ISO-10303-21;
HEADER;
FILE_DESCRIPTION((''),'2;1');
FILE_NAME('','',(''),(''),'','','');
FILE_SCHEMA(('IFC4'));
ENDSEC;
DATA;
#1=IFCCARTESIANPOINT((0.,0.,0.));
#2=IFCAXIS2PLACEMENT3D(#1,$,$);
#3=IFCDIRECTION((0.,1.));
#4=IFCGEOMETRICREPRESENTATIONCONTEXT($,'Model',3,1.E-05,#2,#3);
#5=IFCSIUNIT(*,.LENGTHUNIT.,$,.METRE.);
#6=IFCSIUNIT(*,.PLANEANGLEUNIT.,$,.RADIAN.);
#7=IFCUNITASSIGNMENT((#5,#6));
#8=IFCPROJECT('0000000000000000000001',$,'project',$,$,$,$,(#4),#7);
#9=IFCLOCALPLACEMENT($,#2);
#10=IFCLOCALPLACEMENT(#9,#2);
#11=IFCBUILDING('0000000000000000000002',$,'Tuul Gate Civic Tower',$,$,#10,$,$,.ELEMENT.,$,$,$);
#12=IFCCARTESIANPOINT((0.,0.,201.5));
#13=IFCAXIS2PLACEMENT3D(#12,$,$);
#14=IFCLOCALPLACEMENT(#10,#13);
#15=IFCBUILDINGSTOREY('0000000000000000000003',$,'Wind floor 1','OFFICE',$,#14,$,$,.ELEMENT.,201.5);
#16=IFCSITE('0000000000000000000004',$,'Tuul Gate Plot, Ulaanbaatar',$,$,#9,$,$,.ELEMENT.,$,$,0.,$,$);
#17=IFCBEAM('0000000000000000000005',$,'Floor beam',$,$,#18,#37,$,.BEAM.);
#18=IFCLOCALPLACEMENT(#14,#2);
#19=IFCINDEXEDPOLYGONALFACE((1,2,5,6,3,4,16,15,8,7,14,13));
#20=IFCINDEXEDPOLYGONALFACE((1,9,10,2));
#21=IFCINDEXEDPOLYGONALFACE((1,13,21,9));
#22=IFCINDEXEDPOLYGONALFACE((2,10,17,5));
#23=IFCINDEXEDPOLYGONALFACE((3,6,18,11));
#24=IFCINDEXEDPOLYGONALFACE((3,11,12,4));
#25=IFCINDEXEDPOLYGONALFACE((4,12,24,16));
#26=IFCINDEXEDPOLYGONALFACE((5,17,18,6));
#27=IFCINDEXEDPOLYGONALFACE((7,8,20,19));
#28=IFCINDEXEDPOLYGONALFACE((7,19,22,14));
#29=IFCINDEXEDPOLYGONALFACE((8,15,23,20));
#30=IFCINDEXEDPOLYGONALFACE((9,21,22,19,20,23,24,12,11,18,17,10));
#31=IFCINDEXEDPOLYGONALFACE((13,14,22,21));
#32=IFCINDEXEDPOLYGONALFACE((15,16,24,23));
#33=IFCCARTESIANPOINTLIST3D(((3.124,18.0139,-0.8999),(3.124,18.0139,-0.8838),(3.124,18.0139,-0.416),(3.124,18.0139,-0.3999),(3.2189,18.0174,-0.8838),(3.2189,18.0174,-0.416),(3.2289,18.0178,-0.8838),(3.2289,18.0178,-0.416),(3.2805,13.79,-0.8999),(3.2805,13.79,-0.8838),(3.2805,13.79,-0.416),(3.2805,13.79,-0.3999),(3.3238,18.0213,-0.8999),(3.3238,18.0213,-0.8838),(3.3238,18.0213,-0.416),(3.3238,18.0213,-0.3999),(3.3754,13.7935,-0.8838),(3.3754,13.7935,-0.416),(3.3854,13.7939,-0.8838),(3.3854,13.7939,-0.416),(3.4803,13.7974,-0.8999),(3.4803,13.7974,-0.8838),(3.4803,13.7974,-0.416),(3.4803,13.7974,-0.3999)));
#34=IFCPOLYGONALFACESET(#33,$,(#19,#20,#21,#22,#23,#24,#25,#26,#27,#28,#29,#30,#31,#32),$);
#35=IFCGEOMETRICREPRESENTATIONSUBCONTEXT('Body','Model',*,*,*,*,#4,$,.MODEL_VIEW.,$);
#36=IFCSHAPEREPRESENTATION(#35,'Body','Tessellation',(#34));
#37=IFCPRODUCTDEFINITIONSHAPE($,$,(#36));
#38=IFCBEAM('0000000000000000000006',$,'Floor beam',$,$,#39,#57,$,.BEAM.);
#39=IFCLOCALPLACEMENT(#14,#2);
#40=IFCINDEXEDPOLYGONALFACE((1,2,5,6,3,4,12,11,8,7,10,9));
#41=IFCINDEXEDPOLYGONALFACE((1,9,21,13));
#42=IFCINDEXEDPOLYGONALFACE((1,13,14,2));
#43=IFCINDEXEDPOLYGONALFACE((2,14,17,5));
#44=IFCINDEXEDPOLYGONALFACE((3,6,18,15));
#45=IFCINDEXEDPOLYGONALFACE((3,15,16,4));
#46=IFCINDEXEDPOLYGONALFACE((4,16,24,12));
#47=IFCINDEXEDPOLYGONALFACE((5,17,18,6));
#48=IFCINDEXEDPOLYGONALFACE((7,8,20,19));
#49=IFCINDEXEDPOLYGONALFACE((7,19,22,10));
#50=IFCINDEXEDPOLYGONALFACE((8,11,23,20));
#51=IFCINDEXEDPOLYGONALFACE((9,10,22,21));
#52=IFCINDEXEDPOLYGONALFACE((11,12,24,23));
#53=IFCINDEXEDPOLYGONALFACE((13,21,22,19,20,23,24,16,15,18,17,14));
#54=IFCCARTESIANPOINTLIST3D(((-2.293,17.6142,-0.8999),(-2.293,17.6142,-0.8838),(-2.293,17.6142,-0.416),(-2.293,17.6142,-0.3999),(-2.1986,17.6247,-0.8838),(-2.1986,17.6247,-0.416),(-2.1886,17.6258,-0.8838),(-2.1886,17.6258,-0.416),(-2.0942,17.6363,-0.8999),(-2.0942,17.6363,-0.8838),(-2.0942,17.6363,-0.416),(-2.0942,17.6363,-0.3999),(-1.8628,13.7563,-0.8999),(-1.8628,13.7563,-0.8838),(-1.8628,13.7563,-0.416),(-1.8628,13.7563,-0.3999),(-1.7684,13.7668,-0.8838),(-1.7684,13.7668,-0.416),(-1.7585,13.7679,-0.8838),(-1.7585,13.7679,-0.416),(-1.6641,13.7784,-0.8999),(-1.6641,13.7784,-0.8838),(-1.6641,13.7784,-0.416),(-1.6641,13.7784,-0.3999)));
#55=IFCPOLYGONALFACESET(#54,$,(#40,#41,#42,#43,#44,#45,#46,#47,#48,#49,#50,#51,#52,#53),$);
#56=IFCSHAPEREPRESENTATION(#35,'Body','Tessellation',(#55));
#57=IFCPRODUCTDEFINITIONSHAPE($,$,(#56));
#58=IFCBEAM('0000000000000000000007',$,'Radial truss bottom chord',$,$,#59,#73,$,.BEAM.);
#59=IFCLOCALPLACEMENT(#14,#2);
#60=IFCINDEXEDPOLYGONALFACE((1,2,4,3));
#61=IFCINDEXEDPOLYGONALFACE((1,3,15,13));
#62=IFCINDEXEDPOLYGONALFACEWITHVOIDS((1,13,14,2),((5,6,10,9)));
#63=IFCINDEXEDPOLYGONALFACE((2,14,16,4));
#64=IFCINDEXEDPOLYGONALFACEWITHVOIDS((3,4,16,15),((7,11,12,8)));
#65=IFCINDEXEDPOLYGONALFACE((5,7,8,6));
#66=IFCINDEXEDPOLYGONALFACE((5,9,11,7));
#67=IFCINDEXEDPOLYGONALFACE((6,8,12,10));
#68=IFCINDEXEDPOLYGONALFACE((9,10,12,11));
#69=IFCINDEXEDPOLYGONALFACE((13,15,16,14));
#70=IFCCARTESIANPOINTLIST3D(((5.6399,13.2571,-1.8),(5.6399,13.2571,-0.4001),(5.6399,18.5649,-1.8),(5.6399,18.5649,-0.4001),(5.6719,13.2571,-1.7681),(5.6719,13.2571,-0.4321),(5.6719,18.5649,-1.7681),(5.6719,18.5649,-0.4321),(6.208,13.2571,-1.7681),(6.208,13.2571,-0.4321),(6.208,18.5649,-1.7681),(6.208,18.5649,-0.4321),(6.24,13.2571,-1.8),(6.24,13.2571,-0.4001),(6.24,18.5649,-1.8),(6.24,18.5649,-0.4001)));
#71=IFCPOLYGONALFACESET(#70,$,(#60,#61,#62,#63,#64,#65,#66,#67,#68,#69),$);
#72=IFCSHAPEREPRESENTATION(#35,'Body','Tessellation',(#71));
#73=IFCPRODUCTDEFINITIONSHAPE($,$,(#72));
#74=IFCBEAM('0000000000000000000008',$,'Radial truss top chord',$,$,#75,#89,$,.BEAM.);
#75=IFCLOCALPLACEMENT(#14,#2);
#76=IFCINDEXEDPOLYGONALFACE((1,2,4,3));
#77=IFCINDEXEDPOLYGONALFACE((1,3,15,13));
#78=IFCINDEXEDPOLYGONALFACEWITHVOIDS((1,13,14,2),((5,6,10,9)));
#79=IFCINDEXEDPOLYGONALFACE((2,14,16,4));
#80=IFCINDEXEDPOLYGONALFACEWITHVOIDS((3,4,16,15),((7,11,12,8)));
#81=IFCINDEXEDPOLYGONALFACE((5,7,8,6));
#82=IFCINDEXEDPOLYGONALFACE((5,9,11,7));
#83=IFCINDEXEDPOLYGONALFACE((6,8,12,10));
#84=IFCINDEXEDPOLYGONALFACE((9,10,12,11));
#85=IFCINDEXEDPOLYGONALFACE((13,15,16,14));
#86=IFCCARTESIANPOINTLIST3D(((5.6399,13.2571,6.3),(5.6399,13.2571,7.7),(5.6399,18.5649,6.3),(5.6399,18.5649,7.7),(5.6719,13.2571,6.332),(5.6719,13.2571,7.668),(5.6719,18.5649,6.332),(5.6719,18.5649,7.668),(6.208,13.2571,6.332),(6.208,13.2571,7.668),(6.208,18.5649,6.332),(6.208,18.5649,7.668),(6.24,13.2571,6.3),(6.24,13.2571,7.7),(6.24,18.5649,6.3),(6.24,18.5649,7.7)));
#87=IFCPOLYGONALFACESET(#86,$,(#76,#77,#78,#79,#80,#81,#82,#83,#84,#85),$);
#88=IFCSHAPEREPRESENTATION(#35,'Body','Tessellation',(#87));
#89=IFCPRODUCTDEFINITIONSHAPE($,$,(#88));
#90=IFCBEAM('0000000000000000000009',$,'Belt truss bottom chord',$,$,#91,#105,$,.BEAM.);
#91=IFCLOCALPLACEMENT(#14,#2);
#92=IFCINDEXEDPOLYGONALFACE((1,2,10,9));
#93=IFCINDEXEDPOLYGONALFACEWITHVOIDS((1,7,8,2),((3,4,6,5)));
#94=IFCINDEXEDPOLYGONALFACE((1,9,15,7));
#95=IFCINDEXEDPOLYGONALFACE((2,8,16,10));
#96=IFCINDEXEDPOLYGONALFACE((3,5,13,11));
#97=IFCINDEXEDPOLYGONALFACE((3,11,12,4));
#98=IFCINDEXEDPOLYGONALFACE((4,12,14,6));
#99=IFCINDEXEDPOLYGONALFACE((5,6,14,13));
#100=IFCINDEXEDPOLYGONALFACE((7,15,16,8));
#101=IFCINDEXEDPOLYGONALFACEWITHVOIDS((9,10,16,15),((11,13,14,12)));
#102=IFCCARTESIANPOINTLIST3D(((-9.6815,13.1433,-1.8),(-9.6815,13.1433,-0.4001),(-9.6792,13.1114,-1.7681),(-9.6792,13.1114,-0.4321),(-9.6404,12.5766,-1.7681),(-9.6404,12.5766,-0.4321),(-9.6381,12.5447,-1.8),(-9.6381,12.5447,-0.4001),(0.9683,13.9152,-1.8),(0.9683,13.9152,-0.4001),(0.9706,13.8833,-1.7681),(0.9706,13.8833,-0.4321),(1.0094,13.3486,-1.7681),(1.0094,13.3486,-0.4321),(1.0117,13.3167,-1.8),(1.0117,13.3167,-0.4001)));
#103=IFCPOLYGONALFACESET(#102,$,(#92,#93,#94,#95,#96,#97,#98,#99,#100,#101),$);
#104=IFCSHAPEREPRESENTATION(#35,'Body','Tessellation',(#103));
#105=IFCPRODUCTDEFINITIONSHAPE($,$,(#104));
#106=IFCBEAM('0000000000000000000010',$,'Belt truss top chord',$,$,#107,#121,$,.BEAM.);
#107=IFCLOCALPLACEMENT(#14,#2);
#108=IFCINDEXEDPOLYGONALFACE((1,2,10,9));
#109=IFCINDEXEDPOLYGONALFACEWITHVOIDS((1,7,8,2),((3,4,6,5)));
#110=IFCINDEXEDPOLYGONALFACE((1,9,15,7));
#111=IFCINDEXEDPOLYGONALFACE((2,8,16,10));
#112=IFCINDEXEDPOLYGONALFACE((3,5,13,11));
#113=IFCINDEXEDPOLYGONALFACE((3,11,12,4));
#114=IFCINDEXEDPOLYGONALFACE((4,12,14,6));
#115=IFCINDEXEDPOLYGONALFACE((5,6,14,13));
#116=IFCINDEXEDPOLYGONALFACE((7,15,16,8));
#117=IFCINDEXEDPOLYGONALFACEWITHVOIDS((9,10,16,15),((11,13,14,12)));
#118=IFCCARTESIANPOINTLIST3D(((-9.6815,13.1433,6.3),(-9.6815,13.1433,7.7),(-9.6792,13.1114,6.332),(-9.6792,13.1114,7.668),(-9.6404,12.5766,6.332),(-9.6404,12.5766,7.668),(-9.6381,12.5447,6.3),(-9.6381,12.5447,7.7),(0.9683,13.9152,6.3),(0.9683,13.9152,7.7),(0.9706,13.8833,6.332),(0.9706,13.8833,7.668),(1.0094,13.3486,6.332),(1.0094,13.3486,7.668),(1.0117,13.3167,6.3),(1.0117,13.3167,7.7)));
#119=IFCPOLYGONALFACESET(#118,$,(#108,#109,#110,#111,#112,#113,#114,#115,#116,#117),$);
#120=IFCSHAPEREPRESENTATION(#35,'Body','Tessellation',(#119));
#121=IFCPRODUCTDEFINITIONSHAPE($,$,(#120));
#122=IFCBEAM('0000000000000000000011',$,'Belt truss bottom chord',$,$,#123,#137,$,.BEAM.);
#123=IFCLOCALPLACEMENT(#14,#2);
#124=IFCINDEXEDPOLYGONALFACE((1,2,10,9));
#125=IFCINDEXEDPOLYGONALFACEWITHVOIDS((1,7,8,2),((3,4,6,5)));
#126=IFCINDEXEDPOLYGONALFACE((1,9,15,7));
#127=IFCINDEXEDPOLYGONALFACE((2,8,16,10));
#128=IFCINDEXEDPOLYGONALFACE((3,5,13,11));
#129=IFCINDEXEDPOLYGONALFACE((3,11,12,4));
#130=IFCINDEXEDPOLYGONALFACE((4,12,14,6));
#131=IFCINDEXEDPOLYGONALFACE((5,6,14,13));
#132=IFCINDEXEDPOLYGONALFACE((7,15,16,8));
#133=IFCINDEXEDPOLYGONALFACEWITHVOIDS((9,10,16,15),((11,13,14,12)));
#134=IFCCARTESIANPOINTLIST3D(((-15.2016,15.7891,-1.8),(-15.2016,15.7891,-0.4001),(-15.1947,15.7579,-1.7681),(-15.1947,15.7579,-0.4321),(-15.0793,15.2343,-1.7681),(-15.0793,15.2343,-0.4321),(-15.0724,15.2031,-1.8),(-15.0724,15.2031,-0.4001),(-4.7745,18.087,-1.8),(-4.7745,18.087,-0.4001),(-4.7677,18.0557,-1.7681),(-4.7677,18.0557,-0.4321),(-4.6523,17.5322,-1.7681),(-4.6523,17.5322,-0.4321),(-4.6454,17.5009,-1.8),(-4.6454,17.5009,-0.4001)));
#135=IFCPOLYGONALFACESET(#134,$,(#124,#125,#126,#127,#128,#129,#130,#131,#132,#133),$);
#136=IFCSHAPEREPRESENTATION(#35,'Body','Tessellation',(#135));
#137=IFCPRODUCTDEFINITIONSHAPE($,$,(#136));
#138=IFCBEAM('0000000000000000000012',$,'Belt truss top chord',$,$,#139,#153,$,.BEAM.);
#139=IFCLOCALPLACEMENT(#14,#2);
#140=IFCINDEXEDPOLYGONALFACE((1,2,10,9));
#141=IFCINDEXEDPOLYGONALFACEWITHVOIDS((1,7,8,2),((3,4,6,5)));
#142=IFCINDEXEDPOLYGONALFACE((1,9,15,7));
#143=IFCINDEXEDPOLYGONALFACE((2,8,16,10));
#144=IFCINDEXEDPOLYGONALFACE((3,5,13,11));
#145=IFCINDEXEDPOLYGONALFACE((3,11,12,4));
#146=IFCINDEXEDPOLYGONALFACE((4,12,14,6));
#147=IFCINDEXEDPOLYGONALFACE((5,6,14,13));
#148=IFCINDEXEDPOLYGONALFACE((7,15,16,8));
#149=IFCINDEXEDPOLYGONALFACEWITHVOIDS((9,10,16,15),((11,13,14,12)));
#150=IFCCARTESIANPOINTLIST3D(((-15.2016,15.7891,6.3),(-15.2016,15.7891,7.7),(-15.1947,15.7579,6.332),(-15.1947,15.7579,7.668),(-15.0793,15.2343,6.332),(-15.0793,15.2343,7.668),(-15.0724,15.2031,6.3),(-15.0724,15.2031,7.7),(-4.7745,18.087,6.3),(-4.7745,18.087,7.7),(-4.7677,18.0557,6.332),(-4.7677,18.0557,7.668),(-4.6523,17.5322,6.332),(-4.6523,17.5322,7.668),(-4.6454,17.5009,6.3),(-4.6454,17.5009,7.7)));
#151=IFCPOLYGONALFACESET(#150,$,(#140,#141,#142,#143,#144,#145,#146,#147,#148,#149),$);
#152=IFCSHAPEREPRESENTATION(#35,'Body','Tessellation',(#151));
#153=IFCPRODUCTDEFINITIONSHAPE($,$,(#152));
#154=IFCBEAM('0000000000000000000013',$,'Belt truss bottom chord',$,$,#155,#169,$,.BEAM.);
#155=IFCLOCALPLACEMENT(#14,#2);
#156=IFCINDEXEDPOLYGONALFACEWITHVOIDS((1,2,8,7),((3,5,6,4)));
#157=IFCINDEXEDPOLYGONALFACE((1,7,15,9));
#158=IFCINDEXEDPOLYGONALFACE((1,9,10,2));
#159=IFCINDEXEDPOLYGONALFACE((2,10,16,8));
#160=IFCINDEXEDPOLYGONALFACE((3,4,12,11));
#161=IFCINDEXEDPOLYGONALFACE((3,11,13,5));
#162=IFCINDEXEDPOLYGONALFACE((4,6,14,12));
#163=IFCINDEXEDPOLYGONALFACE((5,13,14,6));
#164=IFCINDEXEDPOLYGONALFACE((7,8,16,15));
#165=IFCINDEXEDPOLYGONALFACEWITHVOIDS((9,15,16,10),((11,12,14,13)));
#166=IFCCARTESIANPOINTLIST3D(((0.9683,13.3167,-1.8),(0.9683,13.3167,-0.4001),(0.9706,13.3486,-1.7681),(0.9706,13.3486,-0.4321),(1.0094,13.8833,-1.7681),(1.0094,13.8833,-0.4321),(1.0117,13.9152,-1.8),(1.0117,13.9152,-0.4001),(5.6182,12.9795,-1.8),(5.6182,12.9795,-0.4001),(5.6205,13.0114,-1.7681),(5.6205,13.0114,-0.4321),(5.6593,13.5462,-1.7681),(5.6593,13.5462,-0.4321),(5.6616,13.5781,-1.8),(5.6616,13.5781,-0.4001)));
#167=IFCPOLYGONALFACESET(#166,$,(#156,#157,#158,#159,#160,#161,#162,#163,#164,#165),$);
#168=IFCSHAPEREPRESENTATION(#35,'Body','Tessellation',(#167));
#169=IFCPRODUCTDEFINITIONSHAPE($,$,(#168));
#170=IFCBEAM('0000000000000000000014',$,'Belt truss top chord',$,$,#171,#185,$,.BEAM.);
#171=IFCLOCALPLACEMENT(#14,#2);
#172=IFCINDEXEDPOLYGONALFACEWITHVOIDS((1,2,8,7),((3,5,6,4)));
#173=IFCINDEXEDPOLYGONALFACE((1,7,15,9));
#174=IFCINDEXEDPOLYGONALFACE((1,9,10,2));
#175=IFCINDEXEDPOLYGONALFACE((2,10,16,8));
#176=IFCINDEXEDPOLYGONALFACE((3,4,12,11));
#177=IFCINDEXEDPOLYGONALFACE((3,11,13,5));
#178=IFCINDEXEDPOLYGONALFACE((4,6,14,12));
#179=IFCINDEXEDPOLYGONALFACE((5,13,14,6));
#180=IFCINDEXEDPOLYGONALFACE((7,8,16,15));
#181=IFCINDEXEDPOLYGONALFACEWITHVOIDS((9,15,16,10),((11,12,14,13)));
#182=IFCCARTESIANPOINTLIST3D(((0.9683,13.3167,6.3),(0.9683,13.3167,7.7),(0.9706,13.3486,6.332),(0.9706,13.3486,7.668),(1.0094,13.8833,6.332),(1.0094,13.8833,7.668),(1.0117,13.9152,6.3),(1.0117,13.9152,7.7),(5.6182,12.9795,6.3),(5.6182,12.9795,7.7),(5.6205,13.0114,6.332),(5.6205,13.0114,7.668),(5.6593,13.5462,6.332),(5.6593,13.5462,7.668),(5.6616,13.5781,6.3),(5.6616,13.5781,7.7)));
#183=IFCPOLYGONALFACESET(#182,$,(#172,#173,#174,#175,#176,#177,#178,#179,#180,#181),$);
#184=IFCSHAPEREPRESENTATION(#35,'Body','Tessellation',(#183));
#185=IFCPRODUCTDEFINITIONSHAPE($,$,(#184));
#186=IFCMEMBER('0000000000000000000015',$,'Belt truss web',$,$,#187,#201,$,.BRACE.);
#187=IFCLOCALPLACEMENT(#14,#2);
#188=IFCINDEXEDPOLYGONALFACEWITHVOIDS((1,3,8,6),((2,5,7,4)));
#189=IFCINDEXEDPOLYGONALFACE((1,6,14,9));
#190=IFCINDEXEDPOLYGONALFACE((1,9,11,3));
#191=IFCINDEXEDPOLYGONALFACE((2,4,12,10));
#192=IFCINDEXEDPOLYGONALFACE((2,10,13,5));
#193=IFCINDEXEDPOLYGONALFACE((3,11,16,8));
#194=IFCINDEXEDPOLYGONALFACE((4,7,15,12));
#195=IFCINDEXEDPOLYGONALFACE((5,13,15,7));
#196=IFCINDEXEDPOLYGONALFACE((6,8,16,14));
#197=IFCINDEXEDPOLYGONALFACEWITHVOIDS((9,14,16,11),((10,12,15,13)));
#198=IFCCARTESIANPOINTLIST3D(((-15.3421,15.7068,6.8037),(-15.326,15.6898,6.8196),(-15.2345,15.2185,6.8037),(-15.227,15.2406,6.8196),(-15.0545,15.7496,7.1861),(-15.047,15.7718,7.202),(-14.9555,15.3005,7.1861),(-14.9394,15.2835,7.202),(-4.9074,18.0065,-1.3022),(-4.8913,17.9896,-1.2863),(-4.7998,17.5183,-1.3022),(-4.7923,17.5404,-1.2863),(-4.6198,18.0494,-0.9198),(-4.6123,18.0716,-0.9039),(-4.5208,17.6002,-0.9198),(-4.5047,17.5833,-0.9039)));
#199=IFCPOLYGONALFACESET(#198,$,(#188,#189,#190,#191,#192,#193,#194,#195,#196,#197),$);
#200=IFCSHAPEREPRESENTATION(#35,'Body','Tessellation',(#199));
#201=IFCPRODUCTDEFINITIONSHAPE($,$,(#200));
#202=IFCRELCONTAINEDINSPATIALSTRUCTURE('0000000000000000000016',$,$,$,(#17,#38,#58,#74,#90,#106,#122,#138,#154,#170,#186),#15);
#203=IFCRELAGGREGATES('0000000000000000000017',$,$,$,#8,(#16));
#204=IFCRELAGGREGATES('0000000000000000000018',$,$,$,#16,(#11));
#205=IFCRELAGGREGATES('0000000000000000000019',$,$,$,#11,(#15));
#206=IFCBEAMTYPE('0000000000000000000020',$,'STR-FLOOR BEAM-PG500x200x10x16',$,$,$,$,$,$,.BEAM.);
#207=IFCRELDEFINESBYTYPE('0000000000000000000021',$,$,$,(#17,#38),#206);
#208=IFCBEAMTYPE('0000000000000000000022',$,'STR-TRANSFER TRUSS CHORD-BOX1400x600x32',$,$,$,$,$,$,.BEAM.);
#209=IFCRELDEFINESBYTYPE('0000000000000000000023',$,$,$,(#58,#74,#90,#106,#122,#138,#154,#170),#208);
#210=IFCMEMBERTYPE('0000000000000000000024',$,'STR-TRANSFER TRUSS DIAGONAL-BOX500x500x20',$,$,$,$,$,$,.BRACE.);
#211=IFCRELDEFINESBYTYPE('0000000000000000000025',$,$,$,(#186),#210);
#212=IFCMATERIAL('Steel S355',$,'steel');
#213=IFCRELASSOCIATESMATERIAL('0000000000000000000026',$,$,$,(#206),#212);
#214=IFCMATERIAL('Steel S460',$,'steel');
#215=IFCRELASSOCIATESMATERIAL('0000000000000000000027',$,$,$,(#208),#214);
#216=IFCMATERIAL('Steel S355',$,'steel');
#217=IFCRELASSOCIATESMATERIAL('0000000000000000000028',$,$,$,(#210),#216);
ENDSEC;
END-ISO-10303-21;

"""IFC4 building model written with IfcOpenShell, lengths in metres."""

from ifc_helpers import new_model, si_unit, direction, frame, origin, origin_2d, place, context, subcontext, project, spatial, hollow_rectangle, i_section, extrude, material, material_profile, profile_set, type_object, element, save


model = new_model("IFC4")

# Units and contexts
model_context = context("Model", 3, precision=1e-05, world=origin(), true_north=direction((0.0, 1.0)))
body_context = subcontext(model_context, "Body", "Model", "MODEL_VIEW")
ifc_project = project(units=[si_unit("LENGTHUNIT", "METRE"), si_unit("PLANEANGLEUNIT", "RADIAN")], contexts=[model_context])

# Site, building, storey
site_placement = place(None, origin())
site = spatial("IfcSite", under=ifc_project, at=site_placement, Name="Tuul Gate Plot, Ulaanbaatar", CompositionType="ELEMENT", RefElevation=0.0)
building_placement = place(site_placement, origin())
building = spatial("IfcBuilding", under=site, at=building_placement, Name="Tuul Gate Civic Tower", CompositionType="ELEMENT")
storey_placement = place(building_placement, frame((0.0, 0.0, 201.5)))
storey = spatial("IfcBuildingStorey", under=building, at=storey_placement, Name="Wind floor 1", Description="OFFICE", CompositionType="ELEMENT", Elevation=201.5)

# Beams
ifc_material_1 = material(Name="Steel S355", Category="steel")
ifc_material_profile_1 = material_profile(ifc_material_1, i_section(OverallWidth=0.2, OverallDepth=0.5, WebThickness=0.01, FlangeThickness=0.0161, at=origin_2d()), Name="PG500x200x10x16")
ifc_profile_set_1 = profile_set([ifc_material_profile_1], Name="Steel S355")
beam_type_1 = type_object("IfcBeamType", Name="STR-FLOOR BEAM-PG500x200x10x16", PredefinedType="BEAM", material=ifc_profile_set_1)
beam_1_placement = place(storey_placement, frame((3.3804, 13.7937, -0.6499), z_axis=(-0.037024, 0.999314, 0.0), x_axis=(-0.999314, -0.037024, 0.0)))
element("IfcBeam", 1, at=beam_1_placement, inside=storey, type_object=beam_type_1, Name="Floor beam", PredefinedType="BEAM", context=body_context, shape_type="SweptSolid", body=[
    extrude(i_section(OverallWidth=0.2, OverallDepth=0.5, WebThickness=0.01, FlangeThickness=0.0161, at=origin_2d()), origin(), (0.0, 0.0, 1.0), 4.2268),
])
beam_2_placement = place(storey_placement, frame((-1.7634, 13.7673, -0.6499), z_axis=(-0.110818, 0.993841, 0.0), x_axis=(-0.993841, -0.110818, 0.0)))
element("IfcBeam", 2, at=beam_2_placement, inside=storey, type_object=beam_type_1, Name="Floor beam", PredefinedType="BEAM", context=body_context, shape_type="SweptSolid", body=[
    extrude(i_section(OverallWidth=0.2, OverallDepth=0.5, WebThickness=0.01, FlangeThickness=0.0161, at=origin_2d()), origin(), (0.0, 0.0, 1.0), 3.8818),
])
ifc_material_2 = material(Name="Steel S460", Category="steel")
ifc_material_profile_2 = material_profile(ifc_material_2, hollow_rectangle(XDim=0.6001, YDim=1.3999, WallThickness=0.032, at=origin_2d()), Name="BOX1400x600x32")
ifc_profile_set_2 = profile_set([ifc_material_profile_2], Name="Steel S460")
beam_type_2 = type_object("IfcBeamType", Name="STR-TRANSFER TRUSS CHORD-BOX1400x600x32", PredefinedType="BEAM", material=ifc_profile_set_2)
for number, where, z_axis, x_axis, name in (
    (3, (5.9399, 18.5649, -1.1001), (0.0, -1.0, 0.0), (1.0, 0.0, 0.0), "Radial truss bottom chord"),
    (4, (5.9399, 18.5649, 7.0), (0.0, -1.0, 0.0), (1.0, 0.0, 0.0), "Radial truss top chord"),
):
    element("IfcBeam", number, at=place(storey_placement, frame(where, z_axis=z_axis, x_axis=x_axis)), inside=storey, type_object=beam_type_2, Name=name, PredefinedType="BEAM", context=body_context, shape_type="SweptSolid", body=[
        extrude(hollow_rectangle(XDim=0.6001, YDim=1.3999, WallThickness=0.032, at=origin_2d()), origin(), (0.0, 0.0, 1.0), 5.3079),
    ])
for number, where, z_axis, x_axis, name in (
    (5, (0.99, 13.616, -1.1001), (-0.997383, -0.072297, 0.0), (0.072297, -0.997383, 0.0), "Belt truss bottom chord"),
    (6, (0.99, 13.616, 7.0), (-0.997383, -0.072297, 0.0), (0.072297, -0.997383, 0.0), "Belt truss top chord"),
):
    element("IfcBeam", number, at=place(storey_placement, frame(where, z_axis=z_axis, x_axis=x_axis)), inside=storey, type_object=beam_type_2, Name=name, PredefinedType="BEAM", context=body_context, shape_type="SweptSolid", body=[
        extrude(hollow_rectangle(XDim=0.6001, YDim=1.3999, WallThickness=0.032, at=origin_2d()), origin(), (0.0, 0.0, 1.0), 10.6777),
    ])
for number, where, z_axis, x_axis, name in (
    (7, (-4.71, 17.7939, -1.1001), (-0.976568, -0.215211, 0.0), (0.215211, -0.976568, 0.0), "Belt truss bottom chord"),
    (8, (-4.71, 17.7939, 7.0), (-0.976568, -0.215211, 0.0), (0.215211, -0.976568, 0.0), "Belt truss top chord"),
):
    element("IfcBeam", number, at=place(storey_placement, frame(where, z_axis=z_axis, x_axis=x_axis)), inside=storey, type_object=beam_type_2, Name=name, PredefinedType="BEAM", context=body_context, shape_type="SweptSolid", body=[
        extrude(hollow_rectangle(XDim=0.6001, YDim=1.3999, WallThickness=0.032, at=origin_2d()), origin(), (0.0, 0.0, 1.0), 10.6772),
    ])
for number, where, z_axis, x_axis, name in (
    (9, (5.6399, 13.2788, -1.1001), (-0.997382, 0.072319, 0.0), (-0.072319, -0.997382, 0.0), "Belt truss bottom chord"),
    (10, (5.6399, 13.2788, 7.0), (-0.997382, 0.072319, 0.0), (-0.072319, -0.997382, 0.0), "Belt truss top chord"),
):
    element("IfcBeam", number, at=place(storey_placement, frame(where, z_axis=z_axis, x_axis=x_axis)), inside=storey, type_object=beam_type_2, Name=name, PredefinedType="BEAM", context=body_context, shape_type="SweptSolid", body=[
        extrude(hollow_rectangle(XDim=0.6001, YDim=1.3999, WallThickness=0.032, at=origin_2d()), origin(), (0.0, 0.0, 1.0), 4.6621),
    ])

# Member
ifc_material_3 = material(Name="Steel S355", Category="steel")
ifc_material_profile_3 = material_profile(ifc_material_3, hollow_rectangle(XDim=0.5, YDim=0.5, WallThickness=0.02, at=origin_2d()), Name="BOX500x500x20")
ifc_profile_set_3 = profile_set([ifc_material_profile_3], Name="Steel S355")
member_type_1 = type_object("IfcMemberType", Name="STR-TRANSFER TRUSS DIAGONAL-BOX500x500x20", PredefinedType="BRACE", material=ifc_profile_set_3)
member_1_placement = place(storey_placement, frame((-4.7061, 17.7949, -1.103), z_axis=(-0.778022, -0.171474, 0.604382), x_axis=(0.215232, -0.976563, 0.0)))
element("IfcMember", 11, at=member_1_placement, inside=storey, type_object=member_type_1, Name="Belt truss web", PredefinedType="BRACE", context=body_context, shape_type="SweptSolid", body=[
    extrude(hollow_rectangle(XDim=0.5, YDim=0.5, WallThickness=0.02, at=origin_2d()), origin(), (0.0, 0.0, 1.0), 13.4119),
])

save(model, "model.ifc")
